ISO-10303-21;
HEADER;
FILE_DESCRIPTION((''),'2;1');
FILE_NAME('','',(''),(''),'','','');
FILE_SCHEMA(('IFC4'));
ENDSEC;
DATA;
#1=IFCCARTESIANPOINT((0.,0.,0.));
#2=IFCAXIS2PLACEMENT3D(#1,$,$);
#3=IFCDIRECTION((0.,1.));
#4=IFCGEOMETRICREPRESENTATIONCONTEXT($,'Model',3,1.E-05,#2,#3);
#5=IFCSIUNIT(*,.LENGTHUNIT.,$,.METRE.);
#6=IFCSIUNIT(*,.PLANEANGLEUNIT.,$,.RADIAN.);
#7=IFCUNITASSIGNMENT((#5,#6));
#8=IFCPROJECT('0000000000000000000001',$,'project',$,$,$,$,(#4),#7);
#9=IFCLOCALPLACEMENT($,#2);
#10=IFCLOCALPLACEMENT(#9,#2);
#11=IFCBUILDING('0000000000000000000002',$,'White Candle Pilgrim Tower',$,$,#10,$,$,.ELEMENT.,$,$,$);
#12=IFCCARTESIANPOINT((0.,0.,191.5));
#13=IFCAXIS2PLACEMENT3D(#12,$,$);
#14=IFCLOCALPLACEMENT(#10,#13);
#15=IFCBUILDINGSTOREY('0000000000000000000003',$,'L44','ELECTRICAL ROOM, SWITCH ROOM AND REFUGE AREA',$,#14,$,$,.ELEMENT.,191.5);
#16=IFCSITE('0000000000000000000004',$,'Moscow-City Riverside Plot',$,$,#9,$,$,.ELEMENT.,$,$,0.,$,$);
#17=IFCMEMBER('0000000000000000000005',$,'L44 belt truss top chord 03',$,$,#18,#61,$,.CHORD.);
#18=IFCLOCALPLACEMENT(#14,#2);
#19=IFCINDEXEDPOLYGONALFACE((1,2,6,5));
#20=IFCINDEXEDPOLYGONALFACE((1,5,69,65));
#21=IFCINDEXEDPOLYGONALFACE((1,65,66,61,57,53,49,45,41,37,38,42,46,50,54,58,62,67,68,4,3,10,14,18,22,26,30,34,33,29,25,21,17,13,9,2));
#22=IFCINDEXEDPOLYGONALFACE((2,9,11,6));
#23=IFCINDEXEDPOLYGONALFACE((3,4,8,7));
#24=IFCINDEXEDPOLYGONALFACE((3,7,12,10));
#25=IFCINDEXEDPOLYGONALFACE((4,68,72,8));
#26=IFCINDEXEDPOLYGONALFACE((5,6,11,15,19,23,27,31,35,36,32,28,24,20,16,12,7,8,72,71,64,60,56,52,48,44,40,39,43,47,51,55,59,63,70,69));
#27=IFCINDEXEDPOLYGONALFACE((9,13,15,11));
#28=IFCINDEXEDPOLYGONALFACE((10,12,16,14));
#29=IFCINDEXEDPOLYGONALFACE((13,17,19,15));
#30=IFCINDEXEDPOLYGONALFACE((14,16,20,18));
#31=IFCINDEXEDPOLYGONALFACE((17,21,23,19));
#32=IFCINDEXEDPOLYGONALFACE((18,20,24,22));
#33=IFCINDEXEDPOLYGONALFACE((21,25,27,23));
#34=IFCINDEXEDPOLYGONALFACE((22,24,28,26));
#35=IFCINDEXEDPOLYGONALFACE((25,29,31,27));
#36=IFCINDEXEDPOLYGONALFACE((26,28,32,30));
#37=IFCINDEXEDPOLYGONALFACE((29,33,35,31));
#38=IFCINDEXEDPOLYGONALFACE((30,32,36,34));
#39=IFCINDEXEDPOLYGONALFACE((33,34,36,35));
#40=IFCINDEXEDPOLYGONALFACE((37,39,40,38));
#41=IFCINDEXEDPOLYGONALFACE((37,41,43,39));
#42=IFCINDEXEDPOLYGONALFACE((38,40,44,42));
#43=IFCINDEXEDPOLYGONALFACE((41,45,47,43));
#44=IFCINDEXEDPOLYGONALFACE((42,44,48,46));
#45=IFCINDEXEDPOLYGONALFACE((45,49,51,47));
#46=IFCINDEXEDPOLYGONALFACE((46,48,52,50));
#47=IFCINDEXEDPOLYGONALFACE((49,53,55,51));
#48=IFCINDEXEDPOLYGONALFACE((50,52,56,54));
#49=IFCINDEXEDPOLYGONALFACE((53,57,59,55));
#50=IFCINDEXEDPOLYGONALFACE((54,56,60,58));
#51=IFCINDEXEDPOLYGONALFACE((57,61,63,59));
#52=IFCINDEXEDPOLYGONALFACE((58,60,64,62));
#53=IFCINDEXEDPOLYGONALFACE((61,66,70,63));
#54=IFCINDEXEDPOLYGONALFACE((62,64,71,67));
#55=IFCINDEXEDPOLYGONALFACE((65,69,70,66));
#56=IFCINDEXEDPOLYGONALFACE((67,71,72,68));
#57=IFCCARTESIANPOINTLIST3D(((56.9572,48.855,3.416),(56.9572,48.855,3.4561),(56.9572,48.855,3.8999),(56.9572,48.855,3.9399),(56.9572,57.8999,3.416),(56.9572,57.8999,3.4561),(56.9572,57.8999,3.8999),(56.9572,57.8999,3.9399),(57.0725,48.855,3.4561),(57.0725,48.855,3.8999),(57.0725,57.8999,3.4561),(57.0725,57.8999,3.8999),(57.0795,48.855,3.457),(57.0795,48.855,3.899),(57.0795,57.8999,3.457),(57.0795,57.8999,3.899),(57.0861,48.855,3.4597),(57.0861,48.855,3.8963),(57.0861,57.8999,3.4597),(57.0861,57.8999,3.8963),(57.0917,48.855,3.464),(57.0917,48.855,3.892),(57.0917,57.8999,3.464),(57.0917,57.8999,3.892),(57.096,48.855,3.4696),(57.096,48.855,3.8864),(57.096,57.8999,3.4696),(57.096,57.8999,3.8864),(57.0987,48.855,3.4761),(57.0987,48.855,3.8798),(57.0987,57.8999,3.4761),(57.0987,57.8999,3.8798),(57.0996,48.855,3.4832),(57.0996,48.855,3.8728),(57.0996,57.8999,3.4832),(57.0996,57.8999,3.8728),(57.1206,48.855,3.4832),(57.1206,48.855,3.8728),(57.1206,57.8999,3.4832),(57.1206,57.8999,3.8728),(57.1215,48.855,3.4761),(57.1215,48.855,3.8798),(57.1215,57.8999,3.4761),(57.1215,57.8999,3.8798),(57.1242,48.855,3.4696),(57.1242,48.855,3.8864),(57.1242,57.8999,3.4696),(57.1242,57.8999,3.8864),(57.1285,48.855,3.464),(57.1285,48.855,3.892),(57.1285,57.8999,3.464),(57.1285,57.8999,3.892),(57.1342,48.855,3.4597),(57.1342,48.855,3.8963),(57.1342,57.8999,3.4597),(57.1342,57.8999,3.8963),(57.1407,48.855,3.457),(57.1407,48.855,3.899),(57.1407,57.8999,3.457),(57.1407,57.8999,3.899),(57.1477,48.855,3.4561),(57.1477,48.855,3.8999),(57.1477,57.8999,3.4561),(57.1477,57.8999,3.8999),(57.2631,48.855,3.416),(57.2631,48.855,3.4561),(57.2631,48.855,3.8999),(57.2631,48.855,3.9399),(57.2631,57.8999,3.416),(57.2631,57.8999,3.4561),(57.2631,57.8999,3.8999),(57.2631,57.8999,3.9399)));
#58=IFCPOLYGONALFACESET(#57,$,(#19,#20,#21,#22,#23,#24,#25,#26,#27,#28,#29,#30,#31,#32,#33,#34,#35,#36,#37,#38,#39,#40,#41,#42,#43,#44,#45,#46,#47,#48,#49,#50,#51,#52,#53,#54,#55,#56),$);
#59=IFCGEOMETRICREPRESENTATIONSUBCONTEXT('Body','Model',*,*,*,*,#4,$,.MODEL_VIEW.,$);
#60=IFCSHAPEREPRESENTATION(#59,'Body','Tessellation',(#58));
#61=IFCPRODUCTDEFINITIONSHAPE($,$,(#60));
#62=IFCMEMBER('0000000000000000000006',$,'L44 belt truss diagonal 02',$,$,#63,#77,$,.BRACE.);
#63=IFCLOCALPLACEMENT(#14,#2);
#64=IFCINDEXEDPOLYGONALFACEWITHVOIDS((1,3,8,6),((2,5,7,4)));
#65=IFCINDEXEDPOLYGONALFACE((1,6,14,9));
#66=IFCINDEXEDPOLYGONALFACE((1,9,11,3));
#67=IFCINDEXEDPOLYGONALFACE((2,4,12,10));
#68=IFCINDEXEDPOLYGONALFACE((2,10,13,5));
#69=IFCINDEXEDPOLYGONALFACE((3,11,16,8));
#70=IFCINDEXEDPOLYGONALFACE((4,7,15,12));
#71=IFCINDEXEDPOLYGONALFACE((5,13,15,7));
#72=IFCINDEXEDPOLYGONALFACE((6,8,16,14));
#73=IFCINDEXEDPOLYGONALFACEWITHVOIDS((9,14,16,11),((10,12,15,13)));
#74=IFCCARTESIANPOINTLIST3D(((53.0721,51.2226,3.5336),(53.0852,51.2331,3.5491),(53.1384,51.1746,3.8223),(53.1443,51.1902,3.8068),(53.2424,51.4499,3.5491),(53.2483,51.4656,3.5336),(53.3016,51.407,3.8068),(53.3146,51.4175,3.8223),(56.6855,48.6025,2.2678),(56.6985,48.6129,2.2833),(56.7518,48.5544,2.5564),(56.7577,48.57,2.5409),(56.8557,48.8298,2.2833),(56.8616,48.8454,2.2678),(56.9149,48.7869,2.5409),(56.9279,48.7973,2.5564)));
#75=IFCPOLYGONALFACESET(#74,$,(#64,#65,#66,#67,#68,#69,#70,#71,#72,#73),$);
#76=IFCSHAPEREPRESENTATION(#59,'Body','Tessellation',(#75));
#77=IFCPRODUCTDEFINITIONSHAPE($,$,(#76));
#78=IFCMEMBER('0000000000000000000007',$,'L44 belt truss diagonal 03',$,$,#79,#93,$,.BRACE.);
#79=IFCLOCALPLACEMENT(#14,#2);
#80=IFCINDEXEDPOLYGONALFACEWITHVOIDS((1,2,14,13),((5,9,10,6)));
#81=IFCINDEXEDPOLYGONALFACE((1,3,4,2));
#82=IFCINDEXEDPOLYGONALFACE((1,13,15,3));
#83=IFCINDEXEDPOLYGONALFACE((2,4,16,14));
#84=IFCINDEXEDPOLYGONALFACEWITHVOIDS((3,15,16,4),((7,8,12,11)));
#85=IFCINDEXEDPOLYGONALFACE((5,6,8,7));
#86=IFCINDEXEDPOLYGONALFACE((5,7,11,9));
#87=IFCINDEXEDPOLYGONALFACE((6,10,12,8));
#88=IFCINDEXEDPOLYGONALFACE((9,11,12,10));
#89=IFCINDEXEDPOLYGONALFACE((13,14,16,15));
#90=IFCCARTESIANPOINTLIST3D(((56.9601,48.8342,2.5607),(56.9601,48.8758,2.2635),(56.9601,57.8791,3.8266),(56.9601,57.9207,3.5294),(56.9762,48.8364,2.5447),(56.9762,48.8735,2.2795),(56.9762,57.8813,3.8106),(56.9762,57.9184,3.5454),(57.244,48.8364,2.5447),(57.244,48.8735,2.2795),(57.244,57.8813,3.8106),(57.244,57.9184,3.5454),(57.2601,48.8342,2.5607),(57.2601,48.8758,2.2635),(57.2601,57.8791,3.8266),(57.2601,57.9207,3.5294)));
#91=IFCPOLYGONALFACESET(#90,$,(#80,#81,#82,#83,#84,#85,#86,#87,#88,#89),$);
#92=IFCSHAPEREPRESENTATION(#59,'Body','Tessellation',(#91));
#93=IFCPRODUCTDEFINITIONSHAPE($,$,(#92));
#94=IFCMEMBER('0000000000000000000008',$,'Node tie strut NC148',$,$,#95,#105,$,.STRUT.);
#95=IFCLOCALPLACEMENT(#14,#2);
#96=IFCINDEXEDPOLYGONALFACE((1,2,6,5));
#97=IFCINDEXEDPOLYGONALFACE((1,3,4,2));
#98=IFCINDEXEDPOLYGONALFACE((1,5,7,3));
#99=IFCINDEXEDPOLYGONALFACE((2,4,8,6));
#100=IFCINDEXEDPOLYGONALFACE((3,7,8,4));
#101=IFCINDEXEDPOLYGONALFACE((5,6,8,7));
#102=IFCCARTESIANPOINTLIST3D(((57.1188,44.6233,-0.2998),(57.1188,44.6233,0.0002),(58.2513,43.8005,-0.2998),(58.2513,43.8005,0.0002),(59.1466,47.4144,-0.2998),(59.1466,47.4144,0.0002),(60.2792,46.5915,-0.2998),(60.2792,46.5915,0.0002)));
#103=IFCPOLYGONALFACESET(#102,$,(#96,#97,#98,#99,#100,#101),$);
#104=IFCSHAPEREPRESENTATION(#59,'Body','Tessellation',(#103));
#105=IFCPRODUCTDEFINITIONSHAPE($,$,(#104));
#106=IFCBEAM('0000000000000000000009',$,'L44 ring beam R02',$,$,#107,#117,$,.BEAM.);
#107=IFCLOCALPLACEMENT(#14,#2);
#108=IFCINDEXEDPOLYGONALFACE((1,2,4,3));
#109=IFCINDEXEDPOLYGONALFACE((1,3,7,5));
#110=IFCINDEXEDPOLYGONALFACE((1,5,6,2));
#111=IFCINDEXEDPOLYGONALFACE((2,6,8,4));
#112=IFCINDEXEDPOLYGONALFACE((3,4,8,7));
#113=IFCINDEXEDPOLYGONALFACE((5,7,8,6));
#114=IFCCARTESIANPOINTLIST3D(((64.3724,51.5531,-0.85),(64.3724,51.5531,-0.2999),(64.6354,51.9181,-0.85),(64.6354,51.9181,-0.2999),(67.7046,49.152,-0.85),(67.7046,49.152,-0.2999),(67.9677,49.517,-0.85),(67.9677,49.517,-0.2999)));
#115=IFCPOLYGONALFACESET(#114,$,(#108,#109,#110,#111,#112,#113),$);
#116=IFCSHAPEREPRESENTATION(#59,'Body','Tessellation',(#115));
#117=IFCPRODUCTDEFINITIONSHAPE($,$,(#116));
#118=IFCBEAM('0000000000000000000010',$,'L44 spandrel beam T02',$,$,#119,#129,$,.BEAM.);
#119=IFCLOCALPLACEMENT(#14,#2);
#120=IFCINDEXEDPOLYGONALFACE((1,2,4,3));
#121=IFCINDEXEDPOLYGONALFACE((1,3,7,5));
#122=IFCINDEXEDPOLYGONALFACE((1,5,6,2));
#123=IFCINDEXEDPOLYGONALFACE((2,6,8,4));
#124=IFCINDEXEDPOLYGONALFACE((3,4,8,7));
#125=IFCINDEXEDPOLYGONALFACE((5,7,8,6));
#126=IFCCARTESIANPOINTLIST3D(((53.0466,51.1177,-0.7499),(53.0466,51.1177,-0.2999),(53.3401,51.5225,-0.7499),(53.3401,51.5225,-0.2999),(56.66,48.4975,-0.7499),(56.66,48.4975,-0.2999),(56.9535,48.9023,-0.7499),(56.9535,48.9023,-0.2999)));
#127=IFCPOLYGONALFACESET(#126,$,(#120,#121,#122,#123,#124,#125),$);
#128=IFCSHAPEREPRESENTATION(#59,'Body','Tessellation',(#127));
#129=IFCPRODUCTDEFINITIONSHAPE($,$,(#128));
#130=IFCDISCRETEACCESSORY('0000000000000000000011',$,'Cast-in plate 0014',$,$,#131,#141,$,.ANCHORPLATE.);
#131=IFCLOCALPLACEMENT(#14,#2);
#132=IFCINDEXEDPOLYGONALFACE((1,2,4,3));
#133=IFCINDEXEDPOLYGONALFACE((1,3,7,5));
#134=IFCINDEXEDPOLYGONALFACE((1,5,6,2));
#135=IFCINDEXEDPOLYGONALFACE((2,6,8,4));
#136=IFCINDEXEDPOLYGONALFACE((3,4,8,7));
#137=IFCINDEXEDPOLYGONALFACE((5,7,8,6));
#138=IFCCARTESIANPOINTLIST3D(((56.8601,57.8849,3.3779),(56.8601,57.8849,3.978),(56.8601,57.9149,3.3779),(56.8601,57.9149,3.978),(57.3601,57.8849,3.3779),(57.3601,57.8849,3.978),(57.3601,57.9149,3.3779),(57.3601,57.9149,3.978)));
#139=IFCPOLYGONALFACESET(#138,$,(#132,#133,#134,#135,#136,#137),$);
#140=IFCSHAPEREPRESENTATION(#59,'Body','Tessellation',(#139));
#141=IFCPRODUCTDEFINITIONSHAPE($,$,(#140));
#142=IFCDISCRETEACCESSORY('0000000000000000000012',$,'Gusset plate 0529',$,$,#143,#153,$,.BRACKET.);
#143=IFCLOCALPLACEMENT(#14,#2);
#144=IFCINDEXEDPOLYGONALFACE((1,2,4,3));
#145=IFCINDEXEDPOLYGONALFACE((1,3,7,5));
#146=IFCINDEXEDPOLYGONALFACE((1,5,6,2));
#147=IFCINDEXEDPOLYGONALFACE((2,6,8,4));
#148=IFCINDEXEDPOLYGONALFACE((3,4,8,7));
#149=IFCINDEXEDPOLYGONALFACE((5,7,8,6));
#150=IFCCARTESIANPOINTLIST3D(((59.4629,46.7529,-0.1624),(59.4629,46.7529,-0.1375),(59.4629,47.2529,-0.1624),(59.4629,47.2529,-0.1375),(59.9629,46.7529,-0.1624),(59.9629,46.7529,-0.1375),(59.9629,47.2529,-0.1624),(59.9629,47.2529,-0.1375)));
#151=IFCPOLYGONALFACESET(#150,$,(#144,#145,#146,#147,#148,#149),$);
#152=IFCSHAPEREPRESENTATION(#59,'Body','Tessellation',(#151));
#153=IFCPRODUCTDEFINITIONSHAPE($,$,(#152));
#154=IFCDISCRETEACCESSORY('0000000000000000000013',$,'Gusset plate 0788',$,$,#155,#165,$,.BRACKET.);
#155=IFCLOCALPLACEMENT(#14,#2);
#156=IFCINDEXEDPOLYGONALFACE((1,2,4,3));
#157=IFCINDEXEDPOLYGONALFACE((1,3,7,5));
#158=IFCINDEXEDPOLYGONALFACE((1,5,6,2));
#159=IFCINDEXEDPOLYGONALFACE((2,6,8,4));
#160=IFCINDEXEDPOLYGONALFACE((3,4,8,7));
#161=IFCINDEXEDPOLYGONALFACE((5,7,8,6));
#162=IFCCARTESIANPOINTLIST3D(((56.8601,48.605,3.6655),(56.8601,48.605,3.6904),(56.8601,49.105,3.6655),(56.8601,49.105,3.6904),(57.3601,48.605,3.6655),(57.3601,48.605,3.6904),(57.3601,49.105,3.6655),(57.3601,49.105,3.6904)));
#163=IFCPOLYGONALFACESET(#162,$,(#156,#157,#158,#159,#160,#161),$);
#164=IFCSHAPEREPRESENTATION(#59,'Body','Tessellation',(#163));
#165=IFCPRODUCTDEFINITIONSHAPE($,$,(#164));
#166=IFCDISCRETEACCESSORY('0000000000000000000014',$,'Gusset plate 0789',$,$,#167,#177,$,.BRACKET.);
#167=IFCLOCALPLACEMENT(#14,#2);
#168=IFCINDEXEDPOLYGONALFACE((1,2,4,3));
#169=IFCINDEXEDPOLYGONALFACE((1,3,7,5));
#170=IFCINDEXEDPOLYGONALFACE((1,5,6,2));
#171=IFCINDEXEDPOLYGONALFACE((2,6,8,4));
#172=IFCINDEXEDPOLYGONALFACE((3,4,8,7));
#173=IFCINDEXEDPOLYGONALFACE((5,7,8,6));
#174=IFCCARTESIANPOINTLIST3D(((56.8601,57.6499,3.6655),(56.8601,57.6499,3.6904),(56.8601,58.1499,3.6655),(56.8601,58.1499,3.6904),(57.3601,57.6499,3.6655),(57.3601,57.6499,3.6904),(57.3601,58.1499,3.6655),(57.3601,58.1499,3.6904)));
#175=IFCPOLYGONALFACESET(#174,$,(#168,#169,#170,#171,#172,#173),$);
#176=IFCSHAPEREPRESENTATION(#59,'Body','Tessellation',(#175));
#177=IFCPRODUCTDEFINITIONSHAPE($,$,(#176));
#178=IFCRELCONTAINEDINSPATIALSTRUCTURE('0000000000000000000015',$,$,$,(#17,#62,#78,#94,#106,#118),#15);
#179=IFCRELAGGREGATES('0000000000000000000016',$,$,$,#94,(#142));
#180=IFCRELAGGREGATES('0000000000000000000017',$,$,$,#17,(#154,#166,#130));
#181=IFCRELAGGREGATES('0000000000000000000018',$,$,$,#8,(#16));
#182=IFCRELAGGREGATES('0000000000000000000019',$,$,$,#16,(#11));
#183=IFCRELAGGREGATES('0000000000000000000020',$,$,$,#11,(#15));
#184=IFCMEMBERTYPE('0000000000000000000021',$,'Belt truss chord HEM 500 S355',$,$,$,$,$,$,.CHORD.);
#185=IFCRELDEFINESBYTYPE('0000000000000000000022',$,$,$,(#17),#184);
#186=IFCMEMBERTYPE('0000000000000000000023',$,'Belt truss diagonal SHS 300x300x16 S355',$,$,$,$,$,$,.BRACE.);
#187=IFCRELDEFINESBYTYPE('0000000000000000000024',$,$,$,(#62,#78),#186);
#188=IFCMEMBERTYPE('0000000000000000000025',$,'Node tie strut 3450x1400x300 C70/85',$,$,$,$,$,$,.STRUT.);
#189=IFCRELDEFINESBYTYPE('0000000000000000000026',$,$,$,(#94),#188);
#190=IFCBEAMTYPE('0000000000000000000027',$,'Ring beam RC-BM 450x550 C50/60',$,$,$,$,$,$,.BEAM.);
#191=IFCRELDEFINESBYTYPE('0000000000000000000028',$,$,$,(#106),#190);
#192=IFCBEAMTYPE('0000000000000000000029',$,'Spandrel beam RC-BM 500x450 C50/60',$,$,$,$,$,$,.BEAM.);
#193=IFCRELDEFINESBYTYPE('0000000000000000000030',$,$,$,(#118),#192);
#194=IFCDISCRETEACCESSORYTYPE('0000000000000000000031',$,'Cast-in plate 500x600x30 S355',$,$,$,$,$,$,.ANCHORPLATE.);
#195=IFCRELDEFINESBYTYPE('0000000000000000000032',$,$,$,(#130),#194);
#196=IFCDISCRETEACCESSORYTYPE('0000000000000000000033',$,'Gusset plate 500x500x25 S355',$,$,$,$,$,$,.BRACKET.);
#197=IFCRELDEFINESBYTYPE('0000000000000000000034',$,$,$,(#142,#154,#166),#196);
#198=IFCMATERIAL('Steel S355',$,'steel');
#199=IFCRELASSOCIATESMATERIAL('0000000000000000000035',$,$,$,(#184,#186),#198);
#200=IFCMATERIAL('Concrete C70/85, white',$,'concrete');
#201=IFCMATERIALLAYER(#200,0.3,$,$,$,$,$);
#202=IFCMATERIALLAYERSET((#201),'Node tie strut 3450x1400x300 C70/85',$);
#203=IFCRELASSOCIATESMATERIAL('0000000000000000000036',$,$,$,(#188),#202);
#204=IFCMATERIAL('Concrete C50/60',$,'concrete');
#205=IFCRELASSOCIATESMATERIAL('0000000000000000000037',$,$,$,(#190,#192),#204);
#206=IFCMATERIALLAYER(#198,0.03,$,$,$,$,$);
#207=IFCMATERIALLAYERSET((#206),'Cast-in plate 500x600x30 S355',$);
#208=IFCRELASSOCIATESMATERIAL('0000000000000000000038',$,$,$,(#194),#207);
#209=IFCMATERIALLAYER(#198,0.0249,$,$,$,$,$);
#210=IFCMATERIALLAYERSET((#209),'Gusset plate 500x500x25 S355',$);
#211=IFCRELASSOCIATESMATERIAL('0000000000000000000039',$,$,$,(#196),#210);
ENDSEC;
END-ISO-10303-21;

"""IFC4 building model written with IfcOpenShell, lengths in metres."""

from ifc_helpers import new_model, si_unit, direction, frame, origin, origin_2d, place, context, subcontext, project, spatial, rectangle, hollow_rectangle, i_section, extrude, material, layer, layer_set, material_profile, profile_set, type_object, element, aggregate, save


model = new_model("IFC4")

# Units and contexts
model_context = context("Model", 3, precision=1e-05, world=origin(), true_north=direction((0.0, 1.0)))
body_context = subcontext(model_context, "Body", "Model", "MODEL_VIEW")
ifc_project = project(units=[si_unit("LENGTHUNIT", "METRE"), si_unit("PLANEANGLEUNIT", "RADIAN")], contexts=[model_context])

# Site, building, storey
site_placement = place(None, origin())
site = spatial("IfcSite", under=ifc_project, at=site_placement, Name="Moscow-City Riverside Plot", CompositionType="ELEMENT", RefElevation=0.0)
building_placement = place(site_placement, origin())
building = spatial("IfcBuilding", under=site, at=building_placement, Name="White Candle Pilgrim Tower", CompositionType="ELEMENT")
storey_placement = place(building_placement, frame((0.0, 0.0, 191.5)))
storey = spatial("IfcBuildingStorey", under=building, at=storey_placement, Name="L44", Description="ELECTRICAL ROOM, SWITCH ROOM AND REFUGE AREA", CompositionType="ELEMENT", Elevation=191.5)

# Member
ifc_material_1 = material(Name="Steel S355", Category="steel")
ifc_material_profile_1 = material_profile(ifc_material_1, i_section(OverallWidth=0.3059, OverallDepth=0.5239, WebThickness=0.021, FlangeThickness=0.04, FilletRadius=0.0271, at=origin_2d()), Name="HEM 500")
ifc_profile_set_1 = profile_set([ifc_material_profile_1], Name="Steel S355")
member_type_1 = type_object("IfcMemberType", Name="Belt truss chord HEM 500 S355", PredefinedType="CHORD", material=ifc_profile_set_1)
member_1_placement = place(storey_placement, frame((57.1101, 48.855, 3.678), z_axis=(0.0, 1.0, 0.0), x_axis=(1.0, 0.0, 0.0)))
member_1 = element("IfcMember", 1, at=member_1_placement, inside=storey, type_object=member_type_1, Name="L44 belt truss top chord 03", PredefinedType="CHORD", context=body_context, shape_type="SweptSolid", body=[
    extrude(i_section(OverallWidth=0.3059, OverallDepth=0.5239, WebThickness=0.021, FlangeThickness=0.04, FilletRadius=0.0271, at=origin_2d()), origin(), (0.0, 0.0, 1.0), 9.0449),
])

# Members
ifc_material_profile_2 = material_profile(ifc_material_1, hollow_rectangle(XDim=0.3, YDim=0.3, WallThickness=0.0161, at=origin_2d()), Name="SHS 300x300x16")
ifc_profile_set_2 = profile_set([ifc_material_profile_2], Name="Steel S355")
member_type_2 = type_object("IfcMemberType", Name="Belt truss diagonal SHS 300x300x16 S355", PredefinedType="BRACE", material=ifc_profile_set_2)
member_2_placement = place(storey_placement, frame((53.1934, 51.3201, 3.678), z_axis=(0.778839, -0.564764, -0.272857), x_axis=(0.587039, 0.809558, 0.0)))
element("IfcMember", 2, at=member_2_placement, inside=storey, type_object=member_type_2, Name="L44 belt truss diagonal 02", PredefinedType="BRACE", context=body_context, shape_type="SweptSolid", body=[
    extrude(hollow_rectangle(XDim=0.3, YDim=0.3, WallThickness=0.0161, at=origin_2d()), origin(), (0.0, 0.0, 1.0), 4.6394),
])
member_3_placement = place(storey_placement, frame((57.1101, 48.855, 2.4121), z_axis=(0.0, 0.990348, 0.138603), x_axis=(-1.0, 0.0, 0.0)))
element("IfcMember", 3, at=member_3_placement, inside=storey, type_object=member_type_2, Name="L44 belt truss diagonal 03", PredefinedType="BRACE", context=body_context, shape_type="SweptSolid", body=[
    extrude(hollow_rectangle(XDim=0.3, YDim=0.3, WallThickness=0.0161, at=origin_2d()), origin(), (0.0, 0.0, 1.0), 9.1331),
])

# Member
ifc_material_2 = material(Name="Concrete C70/85, white", Category="concrete")
ifc_layer_1 = layer(ifc_material_2, 0.3)
ifc_layer_set_1 = layer_set([ifc_layer_1], Name="Node tie strut 3450x1400x300 C70/85")
member_type_3 = type_object("IfcMemberType", Name="Node tie strut 3450x1400x300 C70/85", PredefinedType="STRUT", material=ifc_layer_set_1)
member_4_placement = place(storey_placement, frame((58.699, 45.6074, -0.2998), z_axis=(0.0, 0.0, 1.0), x_axis=(0.809017, -0.587785, 0.0)))
member_4 = element("IfcMember", 4, at=member_4_placement, inside=storey, type_object=member_type_3, Name="Node tie strut NC148", PredefinedType="STRUT", context=body_context, shape_type="SweptSolid", body=[
    extrude(rectangle(XDim=1.3999, YDim=3.45, at=origin_2d()), origin(), (0.0, 0.0, 1.0), 0.3),
])

# Beams
ifc_material_3 = material(Name="Concrete C50/60", Category="concrete")
ifc_material_profile_3 = material_profile(ifc_material_3, rectangle(XDim=0.45, YDim=0.55, at=origin_2d()), Name="RC-BM 450x550")
ifc_profile_set_3 = profile_set([ifc_material_profile_3], Name="Concrete C50/60")
beam_type_1 = type_object("IfcBeamType", Name="Ring beam RC-BM 450x550 C50/60", PredefinedType="BEAM", material=ifc_profile_set_3)
beam_1_placement = place(storey_placement, frame((64.5039, 51.7356, -0.575), z_axis=(0.811317, -0.584607, 0.0), x_axis=(0.584607, 0.811317, 0.0)))
element("IfcBeam", 5, at=beam_1_placement, inside=storey, type_object=beam_type_1, Name="L44 ring beam R02", PredefinedType="BEAM", context=body_context, shape_type="SweptSolid", body=[
    extrude(rectangle(XDim=0.45, YDim=0.55, at=origin_2d()), origin(), (0.0, 0.0, 1.0), 4.1072),
])
ifc_material_profile_4 = material_profile(ifc_material_3, rectangle(XDim=0.5, YDim=0.45, at=origin_2d()), Name="RC-BM 500x450")
ifc_profile_set_4 = profile_set([ifc_material_profile_4], Name="Concrete C50/60")
beam_type_2 = type_object("IfcBeamType", Name="Spandrel beam RC-BM 500x450 C50/60", PredefinedType="BEAM", material=ifc_profile_set_4)
beam_2_placement = place(storey_placement, frame((53.1934, 51.3201, -0.5249), z_axis=(0.809558, -0.587039, 0.0), x_axis=(0.587039, 0.809558, 0.0)))
element("IfcBeam", 6, at=beam_2_placement, inside=storey, type_object=beam_type_2, Name="L44 spandrel beam T02", PredefinedType="BEAM", context=body_context, shape_type="SweptSolid", body=[
    extrude(rectangle(XDim=0.5, YDim=0.45, at=origin_2d()), origin(), (0.0, 0.0, 1.0), 4.4634),
])

# Discrete accessories
ifc_layer_2 = layer(ifc_material_1, 0.03)
ifc_layer_set_2 = layer_set([ifc_layer_2], Name="Cast-in plate 500x600x30 S355")
discrete_accessory_type_1 = type_object("IfcDiscreteAccessoryType", Name="Cast-in plate 500x600x30 S355", PredefinedType="ANCHORPLATE", material=ifc_layer_set_2)
discrete_accessory_1_placement = place(storey_placement, frame((57.1101, 57.8999, 3.3779), z_axis=(0.0, 0.0, 1.0), x_axis=(0.0, -1.0, 0.0)))
discrete_accessory_1 = element("IfcDiscreteAccessory", 7, at=discrete_accessory_1_placement, type_object=discrete_accessory_type_1, Name="Cast-in plate 0014", PredefinedType="ANCHORPLATE", context=body_context, shape_type="SweptSolid", body=[
    extrude(rectangle(XDim=0.03, YDim=0.5, at=origin_2d()), origin(), (0.0, 0.0, 1.0), 0.6001),
])
ifc_layer_3 = layer(ifc_material_1, 0.0249)
ifc_layer_set_3 = layer_set([ifc_layer_3], Name="Gusset plate 500x500x25 S355")
discrete_accessory_type_2 = type_object("IfcDiscreteAccessoryType", Name="Gusset plate 500x500x25 S355", PredefinedType="BRACKET", material=ifc_layer_set_3)
discrete_accessory_2_placement = place(storey_placement, frame((59.7129, 47.0029, -0.1624), z_axis=(0.0, 0.0, 1.0), x_axis=(1.0, 0.0, 0.0)))
discrete_accessory_2 = element("IfcDiscreteAccessory", 8, at=discrete_accessory_2_placement, type_object=discrete_accessory_type_2, Name="Gusset plate 0529", PredefinedType="BRACKET", context=body_context, shape_type="SweptSolid", body=[
    extrude(rectangle(XDim=0.5, YDim=0.5, at=origin_2d()), origin(), (0.0, 0.0, 1.0), 0.0249),
])
aggregate(member_4, [discrete_accessory_2])
discrete_accessory_3_placement = place(storey_placement, frame((57.1101, 48.855, 3.6655), z_axis=(0.0, 0.0, 1.0), x_axis=(1.0, 0.0, 0.0)))
discrete_accessory_3 = element("IfcDiscreteAccessory", 9, at=discrete_accessory_3_placement, type_object=discrete_accessory_type_2, Name="Gusset plate 0788", PredefinedType="BRACKET", context=body_context, shape_type="SweptSolid", body=[
    extrude(rectangle(XDim=0.5, YDim=0.5, at=origin_2d()), origin(), (0.0, 0.0, 1.0), 0.0249),
])
discrete_accessory_4_placement = place(storey_placement, frame((57.1101, 57.8999, 3.6655), z_axis=(0.0, 0.0, 1.0), x_axis=(1.0, 0.0, 0.0)))
discrete_accessory_4 = element("IfcDiscreteAccessory", 10, at=discrete_accessory_4_placement, type_object=discrete_accessory_type_2, Name="Gusset plate 0789", PredefinedType="BRACKET", context=body_context, shape_type="SweptSolid", body=[
    extrude(rectangle(XDim=0.5, YDim=0.5, at=origin_2d()), origin(), (0.0, 0.0, 1.0), 0.0249),
])
aggregate(member_1, [discrete_accessory_3, discrete_accessory_4, discrete_accessory_1])

save(model, "model.ifc")
